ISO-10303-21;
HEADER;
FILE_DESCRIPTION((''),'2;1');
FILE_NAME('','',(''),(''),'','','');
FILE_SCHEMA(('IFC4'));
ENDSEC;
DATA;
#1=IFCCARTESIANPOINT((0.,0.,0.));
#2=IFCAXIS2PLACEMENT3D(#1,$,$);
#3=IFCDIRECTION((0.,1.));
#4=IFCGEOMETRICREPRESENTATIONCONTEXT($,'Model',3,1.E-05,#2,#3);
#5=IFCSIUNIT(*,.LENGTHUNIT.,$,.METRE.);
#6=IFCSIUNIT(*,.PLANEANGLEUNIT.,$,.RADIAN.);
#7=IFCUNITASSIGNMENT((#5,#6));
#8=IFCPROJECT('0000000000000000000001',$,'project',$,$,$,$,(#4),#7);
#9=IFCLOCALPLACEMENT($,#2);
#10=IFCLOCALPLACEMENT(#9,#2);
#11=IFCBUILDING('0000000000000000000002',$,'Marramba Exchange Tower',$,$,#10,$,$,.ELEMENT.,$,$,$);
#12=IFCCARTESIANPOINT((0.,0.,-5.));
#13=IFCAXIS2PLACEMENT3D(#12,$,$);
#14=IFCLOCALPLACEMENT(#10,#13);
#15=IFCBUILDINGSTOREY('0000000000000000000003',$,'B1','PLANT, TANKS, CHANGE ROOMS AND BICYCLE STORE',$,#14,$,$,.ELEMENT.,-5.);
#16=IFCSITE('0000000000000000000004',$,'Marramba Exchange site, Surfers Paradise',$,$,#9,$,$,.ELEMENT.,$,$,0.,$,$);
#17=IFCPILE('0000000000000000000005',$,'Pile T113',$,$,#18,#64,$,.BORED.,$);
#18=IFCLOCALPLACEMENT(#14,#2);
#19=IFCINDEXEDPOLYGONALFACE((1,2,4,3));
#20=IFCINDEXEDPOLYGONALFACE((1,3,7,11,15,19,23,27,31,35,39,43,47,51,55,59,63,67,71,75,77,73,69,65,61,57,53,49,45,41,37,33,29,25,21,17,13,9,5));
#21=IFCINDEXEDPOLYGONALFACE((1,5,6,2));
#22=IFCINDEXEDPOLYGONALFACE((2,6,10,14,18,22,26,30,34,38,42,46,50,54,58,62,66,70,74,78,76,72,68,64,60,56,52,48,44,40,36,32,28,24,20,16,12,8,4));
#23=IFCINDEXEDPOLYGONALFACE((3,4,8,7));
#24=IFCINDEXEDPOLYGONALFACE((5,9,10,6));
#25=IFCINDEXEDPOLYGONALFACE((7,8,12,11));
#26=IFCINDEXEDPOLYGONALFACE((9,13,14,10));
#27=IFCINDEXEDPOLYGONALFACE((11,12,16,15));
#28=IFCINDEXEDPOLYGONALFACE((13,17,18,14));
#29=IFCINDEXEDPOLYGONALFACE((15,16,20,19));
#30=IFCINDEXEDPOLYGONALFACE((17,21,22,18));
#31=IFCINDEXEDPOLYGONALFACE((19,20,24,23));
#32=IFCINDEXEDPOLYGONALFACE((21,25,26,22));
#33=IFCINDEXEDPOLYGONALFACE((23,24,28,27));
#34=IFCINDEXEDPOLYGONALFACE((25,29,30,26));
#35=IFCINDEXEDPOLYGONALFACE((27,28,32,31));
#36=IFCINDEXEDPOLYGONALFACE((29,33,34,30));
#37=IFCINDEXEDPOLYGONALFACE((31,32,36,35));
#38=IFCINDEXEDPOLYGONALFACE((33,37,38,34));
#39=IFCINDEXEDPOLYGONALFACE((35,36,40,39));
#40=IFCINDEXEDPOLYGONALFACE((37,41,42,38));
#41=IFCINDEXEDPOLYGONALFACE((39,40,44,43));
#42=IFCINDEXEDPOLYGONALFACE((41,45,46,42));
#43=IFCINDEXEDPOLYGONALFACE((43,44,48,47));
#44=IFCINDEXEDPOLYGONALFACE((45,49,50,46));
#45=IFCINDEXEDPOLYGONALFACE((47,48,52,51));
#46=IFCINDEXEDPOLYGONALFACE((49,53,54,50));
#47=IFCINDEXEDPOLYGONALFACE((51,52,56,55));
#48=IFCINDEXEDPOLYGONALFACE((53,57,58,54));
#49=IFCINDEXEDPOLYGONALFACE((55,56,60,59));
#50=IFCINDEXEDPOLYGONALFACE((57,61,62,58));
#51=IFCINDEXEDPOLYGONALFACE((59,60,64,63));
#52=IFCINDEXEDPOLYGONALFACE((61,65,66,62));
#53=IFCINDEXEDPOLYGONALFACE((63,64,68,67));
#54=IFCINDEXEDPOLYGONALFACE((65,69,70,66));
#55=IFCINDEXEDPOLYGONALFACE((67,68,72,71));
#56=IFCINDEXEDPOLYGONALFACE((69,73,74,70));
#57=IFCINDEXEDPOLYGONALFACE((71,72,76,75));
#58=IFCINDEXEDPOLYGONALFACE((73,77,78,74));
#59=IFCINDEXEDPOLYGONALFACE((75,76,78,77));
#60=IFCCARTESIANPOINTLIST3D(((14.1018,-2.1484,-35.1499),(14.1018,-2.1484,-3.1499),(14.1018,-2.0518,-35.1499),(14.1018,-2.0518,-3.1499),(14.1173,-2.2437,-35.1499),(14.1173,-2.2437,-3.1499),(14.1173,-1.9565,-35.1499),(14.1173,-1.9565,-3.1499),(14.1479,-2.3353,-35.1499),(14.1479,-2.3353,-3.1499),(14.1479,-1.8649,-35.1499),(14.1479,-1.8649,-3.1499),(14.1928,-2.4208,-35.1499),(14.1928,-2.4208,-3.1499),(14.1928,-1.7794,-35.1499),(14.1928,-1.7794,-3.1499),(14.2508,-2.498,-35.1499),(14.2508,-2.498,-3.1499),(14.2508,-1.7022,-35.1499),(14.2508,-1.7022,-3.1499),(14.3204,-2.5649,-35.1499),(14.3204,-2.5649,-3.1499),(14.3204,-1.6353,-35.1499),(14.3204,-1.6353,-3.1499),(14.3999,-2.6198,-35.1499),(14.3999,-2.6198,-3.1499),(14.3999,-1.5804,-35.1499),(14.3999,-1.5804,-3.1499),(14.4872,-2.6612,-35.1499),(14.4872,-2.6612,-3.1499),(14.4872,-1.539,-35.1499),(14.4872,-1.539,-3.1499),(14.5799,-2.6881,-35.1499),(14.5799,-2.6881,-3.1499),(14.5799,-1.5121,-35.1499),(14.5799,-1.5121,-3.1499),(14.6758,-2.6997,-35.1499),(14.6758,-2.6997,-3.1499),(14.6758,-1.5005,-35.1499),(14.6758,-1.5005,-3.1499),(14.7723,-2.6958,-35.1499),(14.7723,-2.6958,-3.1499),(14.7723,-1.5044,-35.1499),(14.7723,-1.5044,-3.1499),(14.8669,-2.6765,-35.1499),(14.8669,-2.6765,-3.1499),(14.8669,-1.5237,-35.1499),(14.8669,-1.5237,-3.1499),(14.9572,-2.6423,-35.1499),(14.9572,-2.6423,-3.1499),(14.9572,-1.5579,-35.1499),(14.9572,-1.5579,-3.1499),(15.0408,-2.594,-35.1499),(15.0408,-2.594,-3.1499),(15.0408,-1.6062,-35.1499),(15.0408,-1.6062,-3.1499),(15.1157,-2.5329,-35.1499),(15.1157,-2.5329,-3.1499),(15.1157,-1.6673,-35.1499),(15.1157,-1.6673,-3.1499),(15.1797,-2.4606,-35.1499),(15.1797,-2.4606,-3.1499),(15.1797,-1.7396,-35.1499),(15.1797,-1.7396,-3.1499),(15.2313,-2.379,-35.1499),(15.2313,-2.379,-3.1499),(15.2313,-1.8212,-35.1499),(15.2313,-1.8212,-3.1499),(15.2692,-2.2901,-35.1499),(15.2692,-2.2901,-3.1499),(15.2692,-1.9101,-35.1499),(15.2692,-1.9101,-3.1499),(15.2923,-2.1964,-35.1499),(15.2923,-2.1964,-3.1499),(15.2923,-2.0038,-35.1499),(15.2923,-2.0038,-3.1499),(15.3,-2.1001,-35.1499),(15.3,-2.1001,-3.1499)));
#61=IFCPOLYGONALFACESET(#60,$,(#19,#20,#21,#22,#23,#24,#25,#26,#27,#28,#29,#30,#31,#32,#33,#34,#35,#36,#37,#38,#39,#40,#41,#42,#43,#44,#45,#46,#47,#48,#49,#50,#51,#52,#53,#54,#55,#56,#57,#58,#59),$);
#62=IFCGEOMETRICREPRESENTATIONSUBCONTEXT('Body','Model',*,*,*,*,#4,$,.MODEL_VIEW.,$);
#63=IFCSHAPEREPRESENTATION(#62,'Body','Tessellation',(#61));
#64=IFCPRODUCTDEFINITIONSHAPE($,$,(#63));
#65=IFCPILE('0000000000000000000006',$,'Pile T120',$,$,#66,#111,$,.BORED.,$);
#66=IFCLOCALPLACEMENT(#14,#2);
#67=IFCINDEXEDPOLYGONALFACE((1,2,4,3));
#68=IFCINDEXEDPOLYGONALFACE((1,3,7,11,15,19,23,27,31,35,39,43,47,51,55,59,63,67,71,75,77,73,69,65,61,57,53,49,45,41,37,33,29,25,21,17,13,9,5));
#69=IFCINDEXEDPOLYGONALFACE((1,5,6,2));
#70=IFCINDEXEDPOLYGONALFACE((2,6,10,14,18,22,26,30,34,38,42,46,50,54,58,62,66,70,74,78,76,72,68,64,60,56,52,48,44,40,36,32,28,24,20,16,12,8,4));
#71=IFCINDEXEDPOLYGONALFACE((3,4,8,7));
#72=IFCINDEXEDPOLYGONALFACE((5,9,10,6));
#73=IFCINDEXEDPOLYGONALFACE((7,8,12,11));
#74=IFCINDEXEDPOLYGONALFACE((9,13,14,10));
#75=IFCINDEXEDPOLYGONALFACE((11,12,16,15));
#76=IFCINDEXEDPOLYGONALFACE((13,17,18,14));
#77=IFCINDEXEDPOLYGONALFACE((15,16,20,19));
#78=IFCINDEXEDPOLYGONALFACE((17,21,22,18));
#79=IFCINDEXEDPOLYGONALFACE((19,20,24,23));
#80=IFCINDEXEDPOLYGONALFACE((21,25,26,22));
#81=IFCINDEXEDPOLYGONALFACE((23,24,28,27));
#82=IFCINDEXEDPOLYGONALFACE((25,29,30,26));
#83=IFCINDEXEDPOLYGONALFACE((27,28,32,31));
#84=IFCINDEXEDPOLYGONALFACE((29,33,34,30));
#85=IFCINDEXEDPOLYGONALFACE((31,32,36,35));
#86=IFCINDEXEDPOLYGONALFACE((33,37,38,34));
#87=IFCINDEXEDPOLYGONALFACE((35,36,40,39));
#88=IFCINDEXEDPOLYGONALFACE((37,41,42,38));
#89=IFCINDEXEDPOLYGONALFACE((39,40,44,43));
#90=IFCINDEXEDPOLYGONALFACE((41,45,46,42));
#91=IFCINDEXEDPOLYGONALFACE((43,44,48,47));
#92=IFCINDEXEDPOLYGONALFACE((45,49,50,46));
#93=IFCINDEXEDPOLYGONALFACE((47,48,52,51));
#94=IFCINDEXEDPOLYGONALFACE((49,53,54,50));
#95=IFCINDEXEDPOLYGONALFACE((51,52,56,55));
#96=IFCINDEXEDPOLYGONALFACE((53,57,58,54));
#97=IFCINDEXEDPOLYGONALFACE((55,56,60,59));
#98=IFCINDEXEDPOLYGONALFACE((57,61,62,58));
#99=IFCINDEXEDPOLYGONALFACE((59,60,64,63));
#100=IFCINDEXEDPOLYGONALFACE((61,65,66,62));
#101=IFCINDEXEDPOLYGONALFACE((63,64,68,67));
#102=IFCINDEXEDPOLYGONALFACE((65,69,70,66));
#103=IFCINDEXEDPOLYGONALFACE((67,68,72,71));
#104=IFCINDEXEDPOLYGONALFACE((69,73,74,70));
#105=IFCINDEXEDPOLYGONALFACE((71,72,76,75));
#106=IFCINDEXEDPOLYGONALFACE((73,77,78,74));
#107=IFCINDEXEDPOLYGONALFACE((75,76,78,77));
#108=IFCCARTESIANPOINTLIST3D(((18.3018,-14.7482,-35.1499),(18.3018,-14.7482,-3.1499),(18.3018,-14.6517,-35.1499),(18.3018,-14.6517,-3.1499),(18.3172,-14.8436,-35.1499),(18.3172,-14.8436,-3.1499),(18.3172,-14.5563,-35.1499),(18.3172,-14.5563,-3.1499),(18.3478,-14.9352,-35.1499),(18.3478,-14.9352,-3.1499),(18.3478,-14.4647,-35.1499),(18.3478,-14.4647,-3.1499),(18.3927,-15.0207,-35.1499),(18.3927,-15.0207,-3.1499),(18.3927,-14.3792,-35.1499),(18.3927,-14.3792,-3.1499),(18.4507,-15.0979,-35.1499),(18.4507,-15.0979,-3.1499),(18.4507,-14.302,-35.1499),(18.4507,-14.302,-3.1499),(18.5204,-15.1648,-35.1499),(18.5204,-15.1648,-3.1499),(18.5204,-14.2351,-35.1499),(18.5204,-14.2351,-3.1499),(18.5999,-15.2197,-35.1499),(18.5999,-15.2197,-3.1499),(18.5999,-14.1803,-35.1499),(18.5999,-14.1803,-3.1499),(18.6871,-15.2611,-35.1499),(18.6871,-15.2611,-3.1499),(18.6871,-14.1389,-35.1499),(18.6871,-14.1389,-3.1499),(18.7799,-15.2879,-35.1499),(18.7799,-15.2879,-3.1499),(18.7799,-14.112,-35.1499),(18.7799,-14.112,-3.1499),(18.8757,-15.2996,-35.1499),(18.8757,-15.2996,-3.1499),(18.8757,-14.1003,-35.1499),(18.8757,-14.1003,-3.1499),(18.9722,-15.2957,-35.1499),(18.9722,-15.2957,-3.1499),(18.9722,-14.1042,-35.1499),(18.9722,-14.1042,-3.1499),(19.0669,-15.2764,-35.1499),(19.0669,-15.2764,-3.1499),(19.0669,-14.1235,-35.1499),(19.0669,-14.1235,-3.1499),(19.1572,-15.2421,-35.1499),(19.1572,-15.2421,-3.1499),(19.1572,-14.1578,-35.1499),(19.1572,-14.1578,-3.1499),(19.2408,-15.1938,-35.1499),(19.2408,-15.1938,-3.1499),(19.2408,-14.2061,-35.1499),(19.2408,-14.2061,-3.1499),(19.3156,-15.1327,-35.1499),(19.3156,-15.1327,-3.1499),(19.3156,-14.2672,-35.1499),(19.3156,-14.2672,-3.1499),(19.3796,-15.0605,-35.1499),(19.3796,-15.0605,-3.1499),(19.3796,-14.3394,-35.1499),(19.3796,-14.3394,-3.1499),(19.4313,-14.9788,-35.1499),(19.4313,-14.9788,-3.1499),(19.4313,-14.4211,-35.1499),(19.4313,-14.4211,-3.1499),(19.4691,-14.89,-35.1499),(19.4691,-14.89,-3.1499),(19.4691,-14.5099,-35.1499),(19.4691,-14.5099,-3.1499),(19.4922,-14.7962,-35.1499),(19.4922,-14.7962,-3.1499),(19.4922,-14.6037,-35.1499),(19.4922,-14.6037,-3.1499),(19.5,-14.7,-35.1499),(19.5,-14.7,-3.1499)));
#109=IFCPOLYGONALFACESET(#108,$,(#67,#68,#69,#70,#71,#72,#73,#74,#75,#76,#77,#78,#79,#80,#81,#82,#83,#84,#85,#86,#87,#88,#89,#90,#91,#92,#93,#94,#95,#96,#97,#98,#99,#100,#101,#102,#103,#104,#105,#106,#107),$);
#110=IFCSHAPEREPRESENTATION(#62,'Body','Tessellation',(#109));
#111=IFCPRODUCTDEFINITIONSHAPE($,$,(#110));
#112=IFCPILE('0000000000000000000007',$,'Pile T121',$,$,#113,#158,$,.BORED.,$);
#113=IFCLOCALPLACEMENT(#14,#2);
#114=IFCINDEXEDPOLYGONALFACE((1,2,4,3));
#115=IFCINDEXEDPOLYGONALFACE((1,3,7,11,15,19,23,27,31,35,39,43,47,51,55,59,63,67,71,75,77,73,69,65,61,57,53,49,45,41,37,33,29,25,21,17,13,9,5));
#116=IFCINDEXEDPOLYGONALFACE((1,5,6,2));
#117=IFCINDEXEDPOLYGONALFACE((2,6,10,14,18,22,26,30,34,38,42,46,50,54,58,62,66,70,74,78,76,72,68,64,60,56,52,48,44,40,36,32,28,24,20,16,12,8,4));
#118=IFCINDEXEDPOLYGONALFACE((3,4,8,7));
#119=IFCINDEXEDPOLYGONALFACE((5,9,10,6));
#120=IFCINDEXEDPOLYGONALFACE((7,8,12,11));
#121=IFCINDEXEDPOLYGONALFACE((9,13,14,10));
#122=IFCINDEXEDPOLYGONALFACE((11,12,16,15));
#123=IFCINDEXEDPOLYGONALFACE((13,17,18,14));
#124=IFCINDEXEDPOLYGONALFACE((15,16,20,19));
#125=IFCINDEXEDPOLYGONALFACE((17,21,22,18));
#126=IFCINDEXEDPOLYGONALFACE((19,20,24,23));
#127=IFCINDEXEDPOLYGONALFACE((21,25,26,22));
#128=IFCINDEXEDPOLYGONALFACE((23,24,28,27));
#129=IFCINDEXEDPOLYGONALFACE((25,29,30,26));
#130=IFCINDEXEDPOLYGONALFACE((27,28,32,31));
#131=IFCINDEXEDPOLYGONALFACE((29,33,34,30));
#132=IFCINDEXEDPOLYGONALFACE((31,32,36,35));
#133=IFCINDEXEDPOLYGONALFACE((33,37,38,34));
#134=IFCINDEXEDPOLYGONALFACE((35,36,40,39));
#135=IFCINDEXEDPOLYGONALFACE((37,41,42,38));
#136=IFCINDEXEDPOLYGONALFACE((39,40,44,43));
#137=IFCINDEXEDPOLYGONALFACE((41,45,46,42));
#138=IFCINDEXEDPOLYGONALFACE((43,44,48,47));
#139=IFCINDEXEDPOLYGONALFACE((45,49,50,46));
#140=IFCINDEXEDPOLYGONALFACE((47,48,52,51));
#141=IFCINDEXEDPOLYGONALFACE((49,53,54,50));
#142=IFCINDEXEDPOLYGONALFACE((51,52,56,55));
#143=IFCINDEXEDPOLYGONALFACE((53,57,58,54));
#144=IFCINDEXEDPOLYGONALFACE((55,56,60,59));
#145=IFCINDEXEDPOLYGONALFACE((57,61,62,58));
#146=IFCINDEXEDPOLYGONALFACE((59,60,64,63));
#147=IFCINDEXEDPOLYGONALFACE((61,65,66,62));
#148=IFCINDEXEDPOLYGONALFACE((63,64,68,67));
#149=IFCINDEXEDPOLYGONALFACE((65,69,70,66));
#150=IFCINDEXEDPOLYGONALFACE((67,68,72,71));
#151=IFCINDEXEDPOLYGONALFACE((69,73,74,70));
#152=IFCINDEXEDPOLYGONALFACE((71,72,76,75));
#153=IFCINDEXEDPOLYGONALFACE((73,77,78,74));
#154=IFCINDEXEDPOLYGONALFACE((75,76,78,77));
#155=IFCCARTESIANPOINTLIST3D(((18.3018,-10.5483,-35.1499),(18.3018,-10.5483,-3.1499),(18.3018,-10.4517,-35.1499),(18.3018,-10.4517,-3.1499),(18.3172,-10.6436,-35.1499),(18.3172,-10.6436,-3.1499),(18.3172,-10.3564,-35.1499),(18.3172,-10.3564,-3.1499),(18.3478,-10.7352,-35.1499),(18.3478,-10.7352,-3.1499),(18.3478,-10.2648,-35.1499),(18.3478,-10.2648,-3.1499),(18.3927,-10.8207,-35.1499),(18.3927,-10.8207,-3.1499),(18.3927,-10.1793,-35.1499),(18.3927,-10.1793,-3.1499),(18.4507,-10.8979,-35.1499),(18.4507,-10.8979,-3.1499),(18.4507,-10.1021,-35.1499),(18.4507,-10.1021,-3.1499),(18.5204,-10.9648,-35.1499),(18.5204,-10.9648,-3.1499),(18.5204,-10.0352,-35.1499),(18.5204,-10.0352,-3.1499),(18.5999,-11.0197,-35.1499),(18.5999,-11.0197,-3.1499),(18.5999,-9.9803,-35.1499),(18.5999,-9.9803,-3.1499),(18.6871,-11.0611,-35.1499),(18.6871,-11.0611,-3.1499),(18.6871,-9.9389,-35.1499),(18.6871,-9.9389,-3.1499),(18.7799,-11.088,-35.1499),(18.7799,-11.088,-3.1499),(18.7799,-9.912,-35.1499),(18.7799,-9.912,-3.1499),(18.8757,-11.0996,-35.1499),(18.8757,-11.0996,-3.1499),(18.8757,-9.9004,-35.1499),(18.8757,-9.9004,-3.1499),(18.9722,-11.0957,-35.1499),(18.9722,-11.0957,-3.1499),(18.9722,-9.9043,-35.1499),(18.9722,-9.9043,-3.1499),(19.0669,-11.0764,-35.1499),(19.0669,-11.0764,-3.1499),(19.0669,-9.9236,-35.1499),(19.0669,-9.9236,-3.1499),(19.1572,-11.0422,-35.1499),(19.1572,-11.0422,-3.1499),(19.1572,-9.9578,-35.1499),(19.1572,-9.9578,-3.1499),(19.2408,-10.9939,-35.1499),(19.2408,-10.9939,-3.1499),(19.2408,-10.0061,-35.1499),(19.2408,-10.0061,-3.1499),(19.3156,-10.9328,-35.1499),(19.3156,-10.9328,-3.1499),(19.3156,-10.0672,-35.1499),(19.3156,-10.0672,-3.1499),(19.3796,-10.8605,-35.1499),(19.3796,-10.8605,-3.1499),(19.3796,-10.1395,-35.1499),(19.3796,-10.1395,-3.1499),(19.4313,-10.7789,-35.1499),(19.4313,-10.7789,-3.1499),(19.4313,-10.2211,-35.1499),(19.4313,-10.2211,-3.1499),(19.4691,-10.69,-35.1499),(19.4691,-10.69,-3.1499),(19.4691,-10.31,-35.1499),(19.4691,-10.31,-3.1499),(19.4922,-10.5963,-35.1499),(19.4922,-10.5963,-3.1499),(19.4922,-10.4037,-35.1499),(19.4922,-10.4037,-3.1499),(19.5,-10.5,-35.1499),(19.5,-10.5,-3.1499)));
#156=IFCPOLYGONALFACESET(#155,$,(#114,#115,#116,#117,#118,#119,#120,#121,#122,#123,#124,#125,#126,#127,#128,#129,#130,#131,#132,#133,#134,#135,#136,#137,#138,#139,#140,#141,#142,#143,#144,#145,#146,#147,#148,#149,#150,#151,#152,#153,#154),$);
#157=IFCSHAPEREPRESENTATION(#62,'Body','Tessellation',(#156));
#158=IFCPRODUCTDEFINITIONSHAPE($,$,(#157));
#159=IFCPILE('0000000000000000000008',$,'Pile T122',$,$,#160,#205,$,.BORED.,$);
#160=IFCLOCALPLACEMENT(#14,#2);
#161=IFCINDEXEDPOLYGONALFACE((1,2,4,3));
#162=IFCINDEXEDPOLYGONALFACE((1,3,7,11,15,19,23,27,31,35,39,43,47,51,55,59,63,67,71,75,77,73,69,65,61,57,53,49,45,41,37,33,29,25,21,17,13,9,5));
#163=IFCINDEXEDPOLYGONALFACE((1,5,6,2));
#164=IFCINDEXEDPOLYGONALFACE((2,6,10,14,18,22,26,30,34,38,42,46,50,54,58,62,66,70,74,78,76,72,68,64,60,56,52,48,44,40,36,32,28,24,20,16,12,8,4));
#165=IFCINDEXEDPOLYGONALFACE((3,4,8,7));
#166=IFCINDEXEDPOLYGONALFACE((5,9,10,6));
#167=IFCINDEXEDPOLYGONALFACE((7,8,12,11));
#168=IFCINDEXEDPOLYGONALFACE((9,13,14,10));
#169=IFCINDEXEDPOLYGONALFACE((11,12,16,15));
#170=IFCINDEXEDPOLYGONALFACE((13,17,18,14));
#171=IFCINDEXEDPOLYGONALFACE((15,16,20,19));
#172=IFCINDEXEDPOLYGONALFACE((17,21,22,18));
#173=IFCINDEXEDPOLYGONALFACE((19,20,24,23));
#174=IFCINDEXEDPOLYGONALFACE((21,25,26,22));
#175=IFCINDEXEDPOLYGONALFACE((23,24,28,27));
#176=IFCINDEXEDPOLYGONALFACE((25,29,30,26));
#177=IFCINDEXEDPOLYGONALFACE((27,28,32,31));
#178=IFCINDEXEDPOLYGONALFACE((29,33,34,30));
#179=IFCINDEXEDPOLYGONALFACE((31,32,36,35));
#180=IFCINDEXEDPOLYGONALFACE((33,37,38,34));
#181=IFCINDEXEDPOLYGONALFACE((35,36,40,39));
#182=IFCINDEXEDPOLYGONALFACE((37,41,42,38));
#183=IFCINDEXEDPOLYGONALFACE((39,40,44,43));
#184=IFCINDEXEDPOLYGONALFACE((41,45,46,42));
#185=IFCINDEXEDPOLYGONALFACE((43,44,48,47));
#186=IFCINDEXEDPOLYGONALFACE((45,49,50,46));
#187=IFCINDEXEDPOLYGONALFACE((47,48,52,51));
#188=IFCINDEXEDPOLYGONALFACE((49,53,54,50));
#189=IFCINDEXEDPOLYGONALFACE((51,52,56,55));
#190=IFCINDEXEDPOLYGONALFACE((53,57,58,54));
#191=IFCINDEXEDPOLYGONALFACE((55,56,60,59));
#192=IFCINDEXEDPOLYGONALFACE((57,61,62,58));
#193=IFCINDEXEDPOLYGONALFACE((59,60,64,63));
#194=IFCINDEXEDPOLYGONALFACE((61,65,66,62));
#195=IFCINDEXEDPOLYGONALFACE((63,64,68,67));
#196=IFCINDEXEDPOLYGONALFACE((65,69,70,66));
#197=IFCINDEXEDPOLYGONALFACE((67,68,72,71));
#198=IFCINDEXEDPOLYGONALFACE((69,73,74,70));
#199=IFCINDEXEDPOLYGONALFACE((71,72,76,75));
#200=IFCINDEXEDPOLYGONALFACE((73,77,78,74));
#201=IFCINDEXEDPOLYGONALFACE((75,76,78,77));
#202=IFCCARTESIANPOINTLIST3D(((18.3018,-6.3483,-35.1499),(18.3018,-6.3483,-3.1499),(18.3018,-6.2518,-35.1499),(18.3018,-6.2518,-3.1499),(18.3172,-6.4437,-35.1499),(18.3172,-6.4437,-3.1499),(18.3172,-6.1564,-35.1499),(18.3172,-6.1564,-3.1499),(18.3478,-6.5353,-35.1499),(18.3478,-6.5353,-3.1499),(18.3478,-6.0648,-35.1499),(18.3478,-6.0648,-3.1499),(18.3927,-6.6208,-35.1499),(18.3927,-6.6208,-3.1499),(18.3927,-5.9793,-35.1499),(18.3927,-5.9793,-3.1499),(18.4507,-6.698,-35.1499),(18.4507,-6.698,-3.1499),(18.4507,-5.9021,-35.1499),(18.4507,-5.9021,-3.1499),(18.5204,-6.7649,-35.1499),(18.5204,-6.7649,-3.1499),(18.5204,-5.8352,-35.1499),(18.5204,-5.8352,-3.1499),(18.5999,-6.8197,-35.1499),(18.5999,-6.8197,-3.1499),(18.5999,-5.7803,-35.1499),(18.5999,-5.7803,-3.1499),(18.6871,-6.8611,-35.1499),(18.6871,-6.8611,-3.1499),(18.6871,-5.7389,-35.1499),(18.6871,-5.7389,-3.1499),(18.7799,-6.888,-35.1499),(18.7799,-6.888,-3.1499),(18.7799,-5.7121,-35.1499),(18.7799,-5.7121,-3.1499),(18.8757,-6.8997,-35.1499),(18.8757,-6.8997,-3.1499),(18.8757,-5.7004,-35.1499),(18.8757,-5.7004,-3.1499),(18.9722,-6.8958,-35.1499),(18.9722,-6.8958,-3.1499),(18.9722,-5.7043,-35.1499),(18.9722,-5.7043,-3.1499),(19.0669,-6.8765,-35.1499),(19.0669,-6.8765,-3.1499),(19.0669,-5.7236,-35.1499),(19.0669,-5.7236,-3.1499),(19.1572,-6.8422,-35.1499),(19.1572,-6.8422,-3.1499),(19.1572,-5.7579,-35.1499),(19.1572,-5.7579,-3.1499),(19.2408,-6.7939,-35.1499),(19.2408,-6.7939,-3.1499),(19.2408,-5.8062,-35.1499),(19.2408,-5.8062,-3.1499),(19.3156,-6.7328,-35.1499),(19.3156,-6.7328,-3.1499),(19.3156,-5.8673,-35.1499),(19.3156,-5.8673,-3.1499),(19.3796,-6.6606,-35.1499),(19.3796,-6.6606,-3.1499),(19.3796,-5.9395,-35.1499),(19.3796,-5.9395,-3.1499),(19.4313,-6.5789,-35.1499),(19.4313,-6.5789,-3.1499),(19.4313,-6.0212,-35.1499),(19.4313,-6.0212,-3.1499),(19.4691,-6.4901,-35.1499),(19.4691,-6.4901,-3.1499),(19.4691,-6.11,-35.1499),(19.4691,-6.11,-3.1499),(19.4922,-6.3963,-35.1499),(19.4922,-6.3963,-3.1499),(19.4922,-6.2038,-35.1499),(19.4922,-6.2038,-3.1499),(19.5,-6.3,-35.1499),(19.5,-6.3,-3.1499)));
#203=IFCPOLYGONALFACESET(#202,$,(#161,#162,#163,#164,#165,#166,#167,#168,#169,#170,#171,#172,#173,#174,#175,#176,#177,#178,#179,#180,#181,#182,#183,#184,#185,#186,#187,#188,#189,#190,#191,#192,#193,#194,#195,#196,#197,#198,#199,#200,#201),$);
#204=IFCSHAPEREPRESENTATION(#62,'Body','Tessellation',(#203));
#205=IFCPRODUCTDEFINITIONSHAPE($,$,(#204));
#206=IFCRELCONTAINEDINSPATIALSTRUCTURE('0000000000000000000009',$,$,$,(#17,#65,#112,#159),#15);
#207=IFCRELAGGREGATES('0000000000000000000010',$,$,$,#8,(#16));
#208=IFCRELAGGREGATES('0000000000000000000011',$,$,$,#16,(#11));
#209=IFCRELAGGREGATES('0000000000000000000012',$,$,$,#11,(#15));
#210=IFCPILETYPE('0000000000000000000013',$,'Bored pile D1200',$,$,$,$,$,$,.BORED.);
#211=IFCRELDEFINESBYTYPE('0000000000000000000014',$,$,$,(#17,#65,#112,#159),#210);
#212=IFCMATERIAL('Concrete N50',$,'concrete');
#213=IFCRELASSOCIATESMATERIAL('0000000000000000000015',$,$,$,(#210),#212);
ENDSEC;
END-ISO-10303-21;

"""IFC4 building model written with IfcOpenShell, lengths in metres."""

from ifc_helpers import new_model, si_unit, direction, frame, origin, origin_2d, place, context, subcontext, project, spatial, circle, extrude, material, material_profile, profile_set, type_object, element, save


model = new_model("IFC4")

# Units and contexts
model_context = context("Model", 3, precision=1e-05, world=origin(), true_north=direction((0.0, 1.0)))
body_context = subcontext(model_context, "Body", "Model", "MODEL_VIEW")
ifc_project = project(units=[si_unit("LENGTHUNIT", "METRE"), si_unit("PLANEANGLEUNIT", "RADIAN")], contexts=[model_context])

# Site, building, storey
site_placement = place(None, origin())
site = spatial("IfcSite", under=ifc_project, at=site_placement, Name="Marramba Exchange site, Surfers Paradise", CompositionType="ELEMENT", RefElevation=0.0)
building_placement = place(site_placement, origin())
building = spatial("IfcBuilding", under=site, at=building_placement, Name="Marramba Exchange Tower", CompositionType="ELEMENT")
storey_placement = place(building_placement, frame((0.0, 0.0, -5.0)))
storey = spatial("IfcBuildingStorey", under=building, at=storey_placement, Name="B1", Description="PLANT, TANKS, CHANGE ROOMS AND BICYCLE STORE", CompositionType="ELEMENT", Elevation=-5.0)

# Piles
ifc_material_1 = material(Name="Concrete N50", Category="concrete")
ifc_material_profile_1 = material_profile(ifc_material_1, circle(Radius=0.6001, at=origin_2d()), Name="BP D1200")
ifc_profile_set_1 = profile_set([ifc_material_profile_1], Name="Concrete N50")
pile_type = type_object("IfcPileType", Name="Bored pile D1200", PredefinedType="BORED", material=ifc_profile_set_1)
for number, where, z_axis, x_axis, name in (
    (1, (14.7, -2.1001, -3.1499), (0.0, 0.0, -1.0), (1.0, 0.0, 0.0), "Pile T113"),
    (2, (18.8999, -14.7, -3.1499), (0.0, 0.0, -1.0), (1.0, 0.0, 0.0), "Pile T120"),
    (3, (18.8999, -10.5, -3.1499), (0.0, 0.0, -1.0), (1.0, 0.0, 0.0), "Pile T121"),
    (4, (18.8999, -6.3, -3.1499), (0.0, 0.0, -1.0), (1.0, 0.0, 0.0), "Pile T122"),
):
    element("IfcPile", number, at=place(storey_placement, frame(where, z_axis=z_axis, x_axis=x_axis)), inside=storey, type_object=pile_type, Name=name, PredefinedType="BORED", context=body_context, shape_type="SweptSolid", body=[
        extrude(circle(Radius=0.6001, at=origin_2d()), origin(), (0.0, 0.0, 1.0), 32.0),
    ])

save(model, "model.ifc")
